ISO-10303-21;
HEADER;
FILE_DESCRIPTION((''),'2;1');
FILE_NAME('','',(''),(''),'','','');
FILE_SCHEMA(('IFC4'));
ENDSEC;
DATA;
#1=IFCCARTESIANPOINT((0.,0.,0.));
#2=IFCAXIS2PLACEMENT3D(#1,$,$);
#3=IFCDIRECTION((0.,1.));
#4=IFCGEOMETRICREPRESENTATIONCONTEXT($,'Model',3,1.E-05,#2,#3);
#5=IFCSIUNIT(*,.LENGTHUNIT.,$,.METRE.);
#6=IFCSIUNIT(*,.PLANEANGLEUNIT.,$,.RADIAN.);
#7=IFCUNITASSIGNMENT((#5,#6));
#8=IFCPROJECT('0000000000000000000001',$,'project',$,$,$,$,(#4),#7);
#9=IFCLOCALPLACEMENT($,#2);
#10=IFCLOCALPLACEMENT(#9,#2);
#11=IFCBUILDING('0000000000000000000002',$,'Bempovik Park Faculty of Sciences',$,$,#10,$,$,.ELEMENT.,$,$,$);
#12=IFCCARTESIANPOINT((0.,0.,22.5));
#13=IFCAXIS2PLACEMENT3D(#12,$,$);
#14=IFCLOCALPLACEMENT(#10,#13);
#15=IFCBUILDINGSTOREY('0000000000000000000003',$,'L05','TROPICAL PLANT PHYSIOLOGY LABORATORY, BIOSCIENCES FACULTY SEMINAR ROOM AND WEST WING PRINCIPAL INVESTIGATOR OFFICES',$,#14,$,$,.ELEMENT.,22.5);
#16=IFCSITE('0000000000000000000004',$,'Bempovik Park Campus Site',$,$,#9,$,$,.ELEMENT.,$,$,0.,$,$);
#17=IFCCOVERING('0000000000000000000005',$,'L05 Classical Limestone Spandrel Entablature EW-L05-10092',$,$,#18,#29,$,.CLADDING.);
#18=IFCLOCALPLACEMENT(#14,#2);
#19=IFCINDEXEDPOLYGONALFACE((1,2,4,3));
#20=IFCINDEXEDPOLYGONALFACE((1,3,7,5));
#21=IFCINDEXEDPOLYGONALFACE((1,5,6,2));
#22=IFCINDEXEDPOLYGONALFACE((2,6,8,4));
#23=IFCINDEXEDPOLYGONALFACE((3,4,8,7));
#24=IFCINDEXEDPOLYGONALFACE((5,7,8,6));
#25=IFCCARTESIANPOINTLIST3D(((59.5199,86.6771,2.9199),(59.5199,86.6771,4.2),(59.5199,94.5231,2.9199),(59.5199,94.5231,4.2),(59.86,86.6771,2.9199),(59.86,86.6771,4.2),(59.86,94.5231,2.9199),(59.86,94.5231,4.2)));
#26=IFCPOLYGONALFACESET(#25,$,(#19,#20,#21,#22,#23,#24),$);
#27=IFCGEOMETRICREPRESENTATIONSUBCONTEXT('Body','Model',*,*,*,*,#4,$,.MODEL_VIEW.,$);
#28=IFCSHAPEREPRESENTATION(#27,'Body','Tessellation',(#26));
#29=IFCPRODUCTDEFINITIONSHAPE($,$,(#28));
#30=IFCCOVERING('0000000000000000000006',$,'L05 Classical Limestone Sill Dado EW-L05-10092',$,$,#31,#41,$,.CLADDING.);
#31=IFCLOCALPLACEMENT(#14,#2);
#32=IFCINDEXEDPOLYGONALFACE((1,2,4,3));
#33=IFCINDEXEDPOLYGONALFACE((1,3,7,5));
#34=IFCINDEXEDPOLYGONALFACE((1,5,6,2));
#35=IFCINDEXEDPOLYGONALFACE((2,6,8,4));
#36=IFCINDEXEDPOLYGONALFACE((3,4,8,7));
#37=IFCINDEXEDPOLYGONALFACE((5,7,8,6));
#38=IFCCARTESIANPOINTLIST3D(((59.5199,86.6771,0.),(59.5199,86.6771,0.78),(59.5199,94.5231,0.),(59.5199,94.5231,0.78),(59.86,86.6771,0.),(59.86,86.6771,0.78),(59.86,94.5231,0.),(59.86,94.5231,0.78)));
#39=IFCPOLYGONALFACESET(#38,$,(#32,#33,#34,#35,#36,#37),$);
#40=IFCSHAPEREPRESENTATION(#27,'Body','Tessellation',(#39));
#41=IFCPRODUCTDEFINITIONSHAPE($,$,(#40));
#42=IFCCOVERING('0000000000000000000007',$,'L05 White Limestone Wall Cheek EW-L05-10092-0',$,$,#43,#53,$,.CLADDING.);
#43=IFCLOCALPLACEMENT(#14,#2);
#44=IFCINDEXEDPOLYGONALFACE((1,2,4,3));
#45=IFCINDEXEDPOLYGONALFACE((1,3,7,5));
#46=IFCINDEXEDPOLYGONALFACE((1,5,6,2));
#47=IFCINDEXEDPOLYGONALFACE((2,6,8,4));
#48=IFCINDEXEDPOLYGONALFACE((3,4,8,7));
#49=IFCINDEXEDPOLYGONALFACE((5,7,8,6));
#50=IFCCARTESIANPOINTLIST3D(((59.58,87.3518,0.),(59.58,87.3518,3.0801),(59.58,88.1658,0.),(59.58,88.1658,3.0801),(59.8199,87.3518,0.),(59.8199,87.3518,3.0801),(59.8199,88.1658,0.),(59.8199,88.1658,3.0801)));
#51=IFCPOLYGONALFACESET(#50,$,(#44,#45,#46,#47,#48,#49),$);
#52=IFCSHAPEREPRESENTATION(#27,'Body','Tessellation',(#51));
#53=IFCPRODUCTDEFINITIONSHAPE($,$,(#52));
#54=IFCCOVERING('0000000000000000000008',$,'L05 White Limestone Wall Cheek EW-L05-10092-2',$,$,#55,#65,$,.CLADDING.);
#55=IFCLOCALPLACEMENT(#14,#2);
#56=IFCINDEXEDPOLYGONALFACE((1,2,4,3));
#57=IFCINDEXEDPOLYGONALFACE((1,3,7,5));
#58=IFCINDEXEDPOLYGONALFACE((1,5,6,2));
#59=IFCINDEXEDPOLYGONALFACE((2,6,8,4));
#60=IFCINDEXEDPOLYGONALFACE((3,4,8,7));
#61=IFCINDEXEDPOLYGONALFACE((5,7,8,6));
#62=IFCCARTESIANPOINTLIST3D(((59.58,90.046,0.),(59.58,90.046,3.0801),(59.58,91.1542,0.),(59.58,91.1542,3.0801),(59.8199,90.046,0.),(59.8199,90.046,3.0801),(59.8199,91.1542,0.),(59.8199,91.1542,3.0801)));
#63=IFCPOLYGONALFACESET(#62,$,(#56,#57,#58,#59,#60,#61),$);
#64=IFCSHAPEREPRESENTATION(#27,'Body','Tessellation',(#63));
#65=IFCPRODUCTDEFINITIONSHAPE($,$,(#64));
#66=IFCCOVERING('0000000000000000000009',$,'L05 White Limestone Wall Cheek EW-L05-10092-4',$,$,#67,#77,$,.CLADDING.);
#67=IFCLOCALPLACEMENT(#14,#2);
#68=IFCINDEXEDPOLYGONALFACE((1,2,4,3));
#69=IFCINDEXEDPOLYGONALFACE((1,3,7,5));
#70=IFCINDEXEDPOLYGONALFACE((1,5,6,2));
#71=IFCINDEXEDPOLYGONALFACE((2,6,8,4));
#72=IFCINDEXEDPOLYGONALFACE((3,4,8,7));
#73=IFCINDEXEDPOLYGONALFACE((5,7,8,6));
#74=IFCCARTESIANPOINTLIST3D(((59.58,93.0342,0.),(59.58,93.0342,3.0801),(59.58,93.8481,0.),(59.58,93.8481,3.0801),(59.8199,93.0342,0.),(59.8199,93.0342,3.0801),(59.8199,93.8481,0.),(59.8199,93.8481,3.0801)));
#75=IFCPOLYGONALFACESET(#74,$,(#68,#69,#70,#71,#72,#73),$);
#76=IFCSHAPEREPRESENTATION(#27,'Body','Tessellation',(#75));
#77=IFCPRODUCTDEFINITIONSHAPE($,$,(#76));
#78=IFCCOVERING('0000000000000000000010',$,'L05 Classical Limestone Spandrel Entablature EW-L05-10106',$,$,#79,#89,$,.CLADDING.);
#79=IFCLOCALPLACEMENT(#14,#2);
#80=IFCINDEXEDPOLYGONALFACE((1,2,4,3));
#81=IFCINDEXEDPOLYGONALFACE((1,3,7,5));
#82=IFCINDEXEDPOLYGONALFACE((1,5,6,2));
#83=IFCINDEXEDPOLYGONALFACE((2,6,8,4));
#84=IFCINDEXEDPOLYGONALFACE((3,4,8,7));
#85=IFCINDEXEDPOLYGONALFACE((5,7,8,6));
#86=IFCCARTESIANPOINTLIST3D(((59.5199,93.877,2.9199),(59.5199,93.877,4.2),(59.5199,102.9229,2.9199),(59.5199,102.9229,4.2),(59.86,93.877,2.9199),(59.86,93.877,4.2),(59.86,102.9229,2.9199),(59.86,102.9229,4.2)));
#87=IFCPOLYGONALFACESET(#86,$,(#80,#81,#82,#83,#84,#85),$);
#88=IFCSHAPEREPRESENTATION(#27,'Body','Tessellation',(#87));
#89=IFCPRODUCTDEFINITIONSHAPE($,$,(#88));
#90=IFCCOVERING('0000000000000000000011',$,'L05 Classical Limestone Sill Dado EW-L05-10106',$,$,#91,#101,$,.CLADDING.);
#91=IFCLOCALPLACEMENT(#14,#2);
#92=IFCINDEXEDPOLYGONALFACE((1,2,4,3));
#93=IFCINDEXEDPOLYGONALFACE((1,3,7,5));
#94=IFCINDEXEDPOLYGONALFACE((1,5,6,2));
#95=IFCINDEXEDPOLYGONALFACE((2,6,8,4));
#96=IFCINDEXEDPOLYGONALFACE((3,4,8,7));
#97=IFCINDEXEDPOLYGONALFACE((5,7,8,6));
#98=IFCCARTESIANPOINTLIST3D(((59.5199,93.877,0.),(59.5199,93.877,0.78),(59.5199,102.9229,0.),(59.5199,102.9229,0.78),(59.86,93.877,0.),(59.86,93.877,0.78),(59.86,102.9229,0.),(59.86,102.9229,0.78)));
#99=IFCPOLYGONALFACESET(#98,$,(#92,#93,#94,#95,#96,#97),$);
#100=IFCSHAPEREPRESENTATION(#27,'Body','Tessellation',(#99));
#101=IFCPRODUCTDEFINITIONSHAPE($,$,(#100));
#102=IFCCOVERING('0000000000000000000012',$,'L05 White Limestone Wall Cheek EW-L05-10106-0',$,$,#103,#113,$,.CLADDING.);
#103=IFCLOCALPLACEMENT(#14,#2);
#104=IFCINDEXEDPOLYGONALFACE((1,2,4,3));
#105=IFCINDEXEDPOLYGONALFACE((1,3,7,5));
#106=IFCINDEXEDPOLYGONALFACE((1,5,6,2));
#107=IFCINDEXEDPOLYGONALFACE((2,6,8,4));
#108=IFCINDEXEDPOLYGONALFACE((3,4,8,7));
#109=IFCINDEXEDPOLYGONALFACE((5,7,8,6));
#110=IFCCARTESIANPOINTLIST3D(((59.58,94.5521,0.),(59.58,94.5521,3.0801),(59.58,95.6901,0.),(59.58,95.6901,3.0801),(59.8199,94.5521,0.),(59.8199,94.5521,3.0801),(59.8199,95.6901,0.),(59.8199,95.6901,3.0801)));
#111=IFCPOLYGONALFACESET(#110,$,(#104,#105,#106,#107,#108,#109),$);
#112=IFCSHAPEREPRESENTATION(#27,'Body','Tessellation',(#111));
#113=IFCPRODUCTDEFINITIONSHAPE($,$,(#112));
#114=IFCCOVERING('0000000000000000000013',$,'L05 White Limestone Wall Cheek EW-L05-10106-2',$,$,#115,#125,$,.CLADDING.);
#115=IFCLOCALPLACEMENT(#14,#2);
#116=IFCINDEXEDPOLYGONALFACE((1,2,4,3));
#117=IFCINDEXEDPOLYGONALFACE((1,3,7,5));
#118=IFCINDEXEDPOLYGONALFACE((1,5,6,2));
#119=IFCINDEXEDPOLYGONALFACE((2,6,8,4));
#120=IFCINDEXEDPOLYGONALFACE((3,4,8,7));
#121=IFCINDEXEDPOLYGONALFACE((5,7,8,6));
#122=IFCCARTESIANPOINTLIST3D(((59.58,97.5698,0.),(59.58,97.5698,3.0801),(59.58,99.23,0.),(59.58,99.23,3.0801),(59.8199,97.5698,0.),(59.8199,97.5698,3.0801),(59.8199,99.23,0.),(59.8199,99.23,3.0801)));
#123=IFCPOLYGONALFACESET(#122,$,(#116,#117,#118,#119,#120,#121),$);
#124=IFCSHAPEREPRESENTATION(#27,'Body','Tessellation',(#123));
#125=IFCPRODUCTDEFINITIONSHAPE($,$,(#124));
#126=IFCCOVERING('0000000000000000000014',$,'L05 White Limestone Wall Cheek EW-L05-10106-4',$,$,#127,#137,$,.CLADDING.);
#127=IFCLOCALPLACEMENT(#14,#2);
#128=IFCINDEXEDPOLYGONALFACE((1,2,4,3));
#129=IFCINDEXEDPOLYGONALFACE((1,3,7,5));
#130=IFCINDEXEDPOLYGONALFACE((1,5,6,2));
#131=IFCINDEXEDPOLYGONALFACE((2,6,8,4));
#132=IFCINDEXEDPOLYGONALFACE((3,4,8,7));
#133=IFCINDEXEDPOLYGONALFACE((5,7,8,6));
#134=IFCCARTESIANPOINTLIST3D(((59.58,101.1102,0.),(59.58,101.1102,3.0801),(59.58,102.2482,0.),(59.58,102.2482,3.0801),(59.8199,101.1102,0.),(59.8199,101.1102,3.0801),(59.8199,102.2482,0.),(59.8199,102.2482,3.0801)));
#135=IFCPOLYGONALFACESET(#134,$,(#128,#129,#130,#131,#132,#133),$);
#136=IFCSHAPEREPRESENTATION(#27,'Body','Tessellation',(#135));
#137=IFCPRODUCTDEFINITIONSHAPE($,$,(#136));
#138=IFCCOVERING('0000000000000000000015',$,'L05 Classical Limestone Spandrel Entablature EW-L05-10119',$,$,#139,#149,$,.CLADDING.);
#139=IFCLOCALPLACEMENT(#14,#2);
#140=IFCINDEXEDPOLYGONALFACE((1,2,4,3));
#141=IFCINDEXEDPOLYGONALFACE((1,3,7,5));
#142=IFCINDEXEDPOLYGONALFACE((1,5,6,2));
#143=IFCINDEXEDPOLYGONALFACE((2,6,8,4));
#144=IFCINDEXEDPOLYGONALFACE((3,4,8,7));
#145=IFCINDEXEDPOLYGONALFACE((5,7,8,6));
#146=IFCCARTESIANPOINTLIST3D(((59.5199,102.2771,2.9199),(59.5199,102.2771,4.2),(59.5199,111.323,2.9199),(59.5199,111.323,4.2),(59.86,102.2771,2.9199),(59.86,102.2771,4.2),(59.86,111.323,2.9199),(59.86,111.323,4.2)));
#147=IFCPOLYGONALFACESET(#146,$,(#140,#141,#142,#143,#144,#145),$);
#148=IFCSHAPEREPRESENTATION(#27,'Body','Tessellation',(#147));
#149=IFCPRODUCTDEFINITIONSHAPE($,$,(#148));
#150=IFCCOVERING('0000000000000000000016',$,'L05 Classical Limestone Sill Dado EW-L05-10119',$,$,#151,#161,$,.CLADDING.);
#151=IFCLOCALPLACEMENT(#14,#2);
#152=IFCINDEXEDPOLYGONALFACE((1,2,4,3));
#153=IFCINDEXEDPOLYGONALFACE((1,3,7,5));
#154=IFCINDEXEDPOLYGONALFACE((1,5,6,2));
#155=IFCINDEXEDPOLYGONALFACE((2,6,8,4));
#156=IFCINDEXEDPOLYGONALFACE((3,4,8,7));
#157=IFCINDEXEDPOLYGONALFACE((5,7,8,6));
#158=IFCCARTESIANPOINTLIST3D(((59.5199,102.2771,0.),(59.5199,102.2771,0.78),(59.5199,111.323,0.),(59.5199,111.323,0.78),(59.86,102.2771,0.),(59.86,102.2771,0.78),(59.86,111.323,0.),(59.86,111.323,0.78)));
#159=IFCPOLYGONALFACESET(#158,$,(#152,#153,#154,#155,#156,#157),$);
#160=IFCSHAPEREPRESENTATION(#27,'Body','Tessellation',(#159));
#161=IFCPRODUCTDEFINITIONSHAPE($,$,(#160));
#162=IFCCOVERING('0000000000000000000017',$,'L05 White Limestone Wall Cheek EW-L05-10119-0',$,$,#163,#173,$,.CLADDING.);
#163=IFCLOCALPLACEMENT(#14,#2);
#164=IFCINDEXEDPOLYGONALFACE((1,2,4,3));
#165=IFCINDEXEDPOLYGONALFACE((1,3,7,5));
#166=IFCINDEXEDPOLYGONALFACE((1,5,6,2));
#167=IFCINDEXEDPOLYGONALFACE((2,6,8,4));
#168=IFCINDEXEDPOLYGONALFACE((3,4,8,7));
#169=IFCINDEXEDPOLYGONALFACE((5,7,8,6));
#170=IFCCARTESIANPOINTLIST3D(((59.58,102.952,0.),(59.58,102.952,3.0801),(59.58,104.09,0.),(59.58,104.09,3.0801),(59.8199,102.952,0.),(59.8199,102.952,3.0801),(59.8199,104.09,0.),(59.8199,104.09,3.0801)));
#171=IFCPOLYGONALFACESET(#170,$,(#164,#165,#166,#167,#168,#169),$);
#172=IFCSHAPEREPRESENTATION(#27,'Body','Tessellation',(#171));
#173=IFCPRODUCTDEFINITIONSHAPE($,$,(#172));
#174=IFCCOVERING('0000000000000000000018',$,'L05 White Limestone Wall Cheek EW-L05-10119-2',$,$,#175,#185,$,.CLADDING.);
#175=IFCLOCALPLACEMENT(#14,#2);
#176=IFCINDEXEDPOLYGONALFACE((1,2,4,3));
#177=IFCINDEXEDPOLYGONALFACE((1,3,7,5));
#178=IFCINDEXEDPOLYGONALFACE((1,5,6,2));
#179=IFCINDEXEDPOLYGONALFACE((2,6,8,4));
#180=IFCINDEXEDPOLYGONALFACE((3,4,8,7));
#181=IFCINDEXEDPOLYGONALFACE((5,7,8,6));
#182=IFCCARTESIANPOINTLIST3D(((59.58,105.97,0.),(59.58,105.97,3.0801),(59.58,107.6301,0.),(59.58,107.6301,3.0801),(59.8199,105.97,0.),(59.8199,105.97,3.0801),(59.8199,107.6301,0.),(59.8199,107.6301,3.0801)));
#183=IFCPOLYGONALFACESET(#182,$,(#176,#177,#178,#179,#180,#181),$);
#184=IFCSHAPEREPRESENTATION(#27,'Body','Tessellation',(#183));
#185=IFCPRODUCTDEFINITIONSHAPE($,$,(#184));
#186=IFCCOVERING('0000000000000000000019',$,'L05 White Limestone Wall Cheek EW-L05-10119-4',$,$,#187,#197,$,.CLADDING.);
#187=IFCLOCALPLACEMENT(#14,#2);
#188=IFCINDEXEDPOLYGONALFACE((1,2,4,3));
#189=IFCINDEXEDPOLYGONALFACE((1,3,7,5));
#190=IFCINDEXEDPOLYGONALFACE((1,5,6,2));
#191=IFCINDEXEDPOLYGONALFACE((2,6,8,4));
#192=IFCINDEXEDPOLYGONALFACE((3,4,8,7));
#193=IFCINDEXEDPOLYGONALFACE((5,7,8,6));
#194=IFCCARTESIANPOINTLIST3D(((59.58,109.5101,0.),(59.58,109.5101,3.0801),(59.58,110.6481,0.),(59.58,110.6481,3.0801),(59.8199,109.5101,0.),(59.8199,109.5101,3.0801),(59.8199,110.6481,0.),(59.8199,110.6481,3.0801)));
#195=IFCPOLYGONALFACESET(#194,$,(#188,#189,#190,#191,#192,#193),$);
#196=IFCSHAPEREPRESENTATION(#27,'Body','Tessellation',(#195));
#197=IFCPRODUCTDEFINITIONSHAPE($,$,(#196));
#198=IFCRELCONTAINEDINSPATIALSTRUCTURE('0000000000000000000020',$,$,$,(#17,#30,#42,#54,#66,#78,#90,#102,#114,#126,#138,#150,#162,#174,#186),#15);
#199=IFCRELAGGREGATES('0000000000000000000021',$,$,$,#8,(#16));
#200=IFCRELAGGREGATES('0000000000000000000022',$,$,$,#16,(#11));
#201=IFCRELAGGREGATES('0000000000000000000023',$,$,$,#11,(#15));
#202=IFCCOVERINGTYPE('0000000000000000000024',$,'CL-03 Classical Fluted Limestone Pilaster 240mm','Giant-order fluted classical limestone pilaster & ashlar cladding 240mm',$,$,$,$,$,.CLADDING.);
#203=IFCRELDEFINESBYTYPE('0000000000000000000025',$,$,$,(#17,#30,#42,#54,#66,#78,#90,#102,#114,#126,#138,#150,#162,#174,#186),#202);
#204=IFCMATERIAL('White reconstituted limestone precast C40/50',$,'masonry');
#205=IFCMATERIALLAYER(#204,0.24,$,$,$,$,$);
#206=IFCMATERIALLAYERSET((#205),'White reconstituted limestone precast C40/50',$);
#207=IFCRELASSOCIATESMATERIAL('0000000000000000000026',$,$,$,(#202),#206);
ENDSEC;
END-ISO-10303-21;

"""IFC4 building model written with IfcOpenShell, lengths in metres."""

from ifc_helpers import new_model, si_unit, direction, frame, origin, origin_2d, place, context, subcontext, project, spatial, rectangle, extrude, material, layer, layer_set, type_object, element, save


model = new_model("IFC4")

# Units and contexts
model_context = context("Model", 3, precision=1e-05, world=origin(), true_north=direction((0.0, 1.0)))
body_context = subcontext(model_context, "Body", "Model", "MODEL_VIEW")
ifc_project = project(units=[si_unit("LENGTHUNIT", "METRE"), si_unit("PLANEANGLEUNIT", "RADIAN")], contexts=[model_context])

# Site, building, storey
site_placement = place(None, origin())
site = spatial("IfcSite", under=ifc_project, at=site_placement, Name="Bempovik Park Campus Site", CompositionType="ELEMENT", RefElevation=0.0)
building_placement = place(site_placement, origin())
building = spatial("IfcBuilding", under=site, at=building_placement, Name="Bempovik Park Faculty of Sciences", CompositionType="ELEMENT")
storey_placement = place(building_placement, frame((0.0, 0.0, 22.5)))
storey = spatial("IfcBuildingStorey", under=building, at=storey_placement, Name="L05", Description="TROPICAL PLANT PHYSIOLOGY LABORATORY, BIOSCIENCES FACULTY SEMINAR ROOM AND WEST WING PRINCIPAL INVESTIGATOR OFFICES", CompositionType="ELEMENT", Elevation=22.5)

# Coverings
ifc_material_1 = material(Name="White reconstituted limestone precast C40/50", Category="masonry")
ifc_layer_1 = layer(ifc_material_1, 0.24)
ifc_layer_set_1 = layer_set([ifc_layer_1], Name="White reconstituted limestone precast C40/50")
covering_type = type_object("IfcCoveringType", Name="CL-03 Classical Fluted Limestone Pilaster 240mm", Description="Giant-order fluted classical limestone pilaster & ashlar cladding 240mm", PredefinedType="CLADDING", material=ifc_layer_set_1)
covering_1_placement = place(storey_placement, frame((59.6899, 90.6001, 2.9199), z_axis=(0.0, 0.0, 1.0), x_axis=(1.0, 0.0, 0.0)))
element("IfcCovering", 1, at=covering_1_placement, inside=storey, type_object=covering_type, Name="L05 Classical Limestone Spandrel Entablature EW-L05-10092", PredefinedType="CLADDING", context=body_context, shape_type="SweptSolid", body=[
    extrude(rectangle(XDim=0.3401, YDim=7.8459, at=origin_2d()), origin(), (0.0, 0.0, 1.0), 1.28),
])
covering_2_placement = place(storey_placement, frame((59.6899, 90.6001, 0.0), z_axis=(0.0, 0.0, 1.0), x_axis=(1.0, 0.0, 0.0)))
element("IfcCovering", 2, at=covering_2_placement, inside=storey, type_object=covering_type, Name="L05 Classical Limestone Sill Dado EW-L05-10092", PredefinedType="CLADDING", context=body_context, shape_type="SweptSolid", body=[
    extrude(rectangle(XDim=0.3401, YDim=7.8459, at=origin_2d()), origin(), (0.0, 0.0, 1.0), 0.78),
])
covering_3_placement = place(storey_placement, frame((59.7, 87.7588, 0.0), z_axis=(0.0, 0.0, 1.0), x_axis=(1.0, 0.0, 0.0)))
element("IfcCovering", 3, at=covering_3_placement, inside=storey, type_object=covering_type, Name="L05 White Limestone Wall Cheek EW-L05-10092-0", PredefinedType="CLADDING", context=body_context, shape_type="SweptSolid", body=[
    extrude(rectangle(XDim=0.24, YDim=0.814, at=origin_2d()), origin(), (0.0, 0.0, 1.0), 3.0801),
])
covering_4_placement = place(storey_placement, frame((59.7, 90.6001, 0.0), z_axis=(0.0, 0.0, 1.0), x_axis=(1.0, 0.0, 0.0)))
element("IfcCovering", 4, at=covering_4_placement, inside=storey, type_object=covering_type, Name="L05 White Limestone Wall Cheek EW-L05-10092-2", PredefinedType="CLADDING", context=body_context, shape_type="SweptSolid", body=[
    extrude(rectangle(XDim=0.24, YDim=1.1082, at=origin_2d()), origin(), (0.0, 0.0, 1.0), 3.0801),
])
covering_5_placement = place(storey_placement, frame((59.7, 93.4412, 0.0), z_axis=(0.0, 0.0, 1.0), x_axis=(1.0, 0.0, 0.0)))
element("IfcCovering", 5, at=covering_5_placement, inside=storey, type_object=covering_type, Name="L05 White Limestone Wall Cheek EW-L05-10092-4", PredefinedType="CLADDING", context=body_context, shape_type="SweptSolid", body=[
    extrude(rectangle(XDim=0.24, YDim=0.814, at=origin_2d()), origin(), (0.0, 0.0, 1.0), 3.0801),
])
covering_6_placement = place(storey_placement, frame((59.6899, 98.3999, 2.9199), z_axis=(0.0, 0.0, 1.0), x_axis=(1.0, 0.0, 0.0)))
element("IfcCovering", 6, at=covering_6_placement, inside=storey, type_object=covering_type, Name="L05 Classical Limestone Spandrel Entablature EW-L05-10106", PredefinedType="CLADDING", context=body_context, shape_type="SweptSolid", body=[
    extrude(rectangle(XDim=0.3401, YDim=9.0459, at=origin_2d()), origin(), (0.0, 0.0, 1.0), 1.28),
])
covering_7_placement = place(storey_placement, frame((59.6899, 98.3999, 0.0), z_axis=(0.0, 0.0, 1.0), x_axis=(1.0, 0.0, 0.0)))
element("IfcCovering", 7, at=covering_7_placement, inside=storey, type_object=covering_type, Name="L05 Classical Limestone Sill Dado EW-L05-10106", PredefinedType="CLADDING", context=body_context, shape_type="SweptSolid", body=[
    extrude(rectangle(XDim=0.3401, YDim=9.0459, at=origin_2d()), origin(), (0.0, 0.0, 1.0), 0.78),
])
covering_8_placement = place(storey_placement, frame((59.7, 95.1211, 0.0), z_axis=(0.0, 0.0, 1.0), x_axis=(1.0, 0.0, 0.0)))
element("IfcCovering", 8, at=covering_8_placement, inside=storey, type_object=covering_type, Name="L05 White Limestone Wall Cheek EW-L05-10106-0", PredefinedType="CLADDING", context=body_context, shape_type="SweptSolid", body=[
    extrude(rectangle(XDim=0.24, YDim=1.1379, at=origin_2d()), origin(), (0.0, 0.0, 1.0), 3.0801),
])
covering_9_placement = place(storey_placement, frame((59.7, 98.3999, 0.0), z_axis=(0.0, 0.0, 1.0), x_axis=(1.0, 0.0, 0.0)))
element("IfcCovering", 9, at=covering_9_placement, inside=storey, type_object=covering_type, Name="L05 White Limestone Wall Cheek EW-L05-10106-2", PredefinedType="CLADDING", context=body_context, shape_type="SweptSolid", body=[
    extrude(rectangle(XDim=0.24, YDim=1.6602, at=origin_2d()), origin(), (0.0, 0.0, 1.0), 3.0801),
])
covering_10_placement = place(storey_placement, frame((59.7, 101.6792, 0.0), z_axis=(0.0, 0.0, 1.0), x_axis=(1.0, 0.0, 0.0)))
element("IfcCovering", 10, at=covering_10_placement, inside=storey, type_object=covering_type, Name="L05 White Limestone Wall Cheek EW-L05-10106-4", PredefinedType="CLADDING", context=body_context, shape_type="SweptSolid", body=[
    extrude(rectangle(XDim=0.24, YDim=1.1379, at=origin_2d()), origin(), (0.0, 0.0, 1.0), 3.0801),
])
covering_11_placement = place(storey_placement, frame((59.6899, 106.8, 2.9199), z_axis=(0.0, 0.0, 1.0), x_axis=(1.0, 0.0, 0.0)))
element("IfcCovering", 11, at=covering_11_placement, inside=storey, type_object=covering_type, Name="L05 Classical Limestone Spandrel Entablature EW-L05-10119", PredefinedType="CLADDING", context=body_context, shape_type="SweptSolid", body=[
    extrude(rectangle(XDim=0.3401, YDim=9.0459, at=origin_2d()), origin(), (0.0, 0.0, 1.0), 1.28),
])
covering_12_placement = place(storey_placement, frame((59.6899, 106.8, 0.0), z_axis=(0.0, 0.0, 1.0), x_axis=(1.0, 0.0, 0.0)))
element("IfcCovering", 12, at=covering_12_placement, inside=storey, type_object=covering_type, Name="L05 Classical Limestone Sill Dado EW-L05-10119", PredefinedType="CLADDING", context=body_context, shape_type="SweptSolid", body=[
    extrude(rectangle(XDim=0.3401, YDim=9.0459, at=origin_2d()), origin(), (0.0, 0.0, 1.0), 0.78),
])
covering_13_placement = place(storey_placement, frame((59.7, 103.521, 0.0), z_axis=(0.0, 0.0, 1.0), x_axis=(1.0, 0.0, 0.0)))
element("IfcCovering", 13, at=covering_13_placement, inside=storey, type_object=covering_type, Name="L05 White Limestone Wall Cheek EW-L05-10119-0", PredefinedType="CLADDING", context=body_context, shape_type="SweptSolid", body=[
    extrude(rectangle(XDim=0.24, YDim=1.1379, at=origin_2d()), origin(), (0.0, 0.0, 1.0), 3.0801),
])
covering_14_placement = place(storey_placement, frame((59.7, 106.8, 0.0), z_axis=(0.0, 0.0, 1.0), x_axis=(1.0, 0.0, 0.0)))
element("IfcCovering", 14, at=covering_14_placement, inside=storey, type_object=covering_type, Name="L05 White Limestone Wall Cheek EW-L05-10119-2", PredefinedType="CLADDING", context=body_context, shape_type="SweptSolid", body=[
    extrude(rectangle(XDim=0.24, YDim=1.6602, at=origin_2d()), origin(), (0.0, 0.0, 1.0), 3.0801),
])
covering_15_placement = place(storey_placement, frame((59.7, 110.0791, 0.0), z_axis=(0.0, 0.0, 1.0), x_axis=(1.0, 0.0, 0.0)))
element("IfcCovering", 15, at=covering_15_placement, inside=storey, type_object=covering_type, Name="L05 White Limestone Wall Cheek EW-L05-10119-4", PredefinedType="CLADDING", context=body_context, shape_type="SweptSolid", body=[
    extrude(rectangle(XDim=0.24, YDim=1.1379, at=origin_2d()), origin(), (0.0, 0.0, 1.0), 3.0801),
])

save(model, "model.ifc")
